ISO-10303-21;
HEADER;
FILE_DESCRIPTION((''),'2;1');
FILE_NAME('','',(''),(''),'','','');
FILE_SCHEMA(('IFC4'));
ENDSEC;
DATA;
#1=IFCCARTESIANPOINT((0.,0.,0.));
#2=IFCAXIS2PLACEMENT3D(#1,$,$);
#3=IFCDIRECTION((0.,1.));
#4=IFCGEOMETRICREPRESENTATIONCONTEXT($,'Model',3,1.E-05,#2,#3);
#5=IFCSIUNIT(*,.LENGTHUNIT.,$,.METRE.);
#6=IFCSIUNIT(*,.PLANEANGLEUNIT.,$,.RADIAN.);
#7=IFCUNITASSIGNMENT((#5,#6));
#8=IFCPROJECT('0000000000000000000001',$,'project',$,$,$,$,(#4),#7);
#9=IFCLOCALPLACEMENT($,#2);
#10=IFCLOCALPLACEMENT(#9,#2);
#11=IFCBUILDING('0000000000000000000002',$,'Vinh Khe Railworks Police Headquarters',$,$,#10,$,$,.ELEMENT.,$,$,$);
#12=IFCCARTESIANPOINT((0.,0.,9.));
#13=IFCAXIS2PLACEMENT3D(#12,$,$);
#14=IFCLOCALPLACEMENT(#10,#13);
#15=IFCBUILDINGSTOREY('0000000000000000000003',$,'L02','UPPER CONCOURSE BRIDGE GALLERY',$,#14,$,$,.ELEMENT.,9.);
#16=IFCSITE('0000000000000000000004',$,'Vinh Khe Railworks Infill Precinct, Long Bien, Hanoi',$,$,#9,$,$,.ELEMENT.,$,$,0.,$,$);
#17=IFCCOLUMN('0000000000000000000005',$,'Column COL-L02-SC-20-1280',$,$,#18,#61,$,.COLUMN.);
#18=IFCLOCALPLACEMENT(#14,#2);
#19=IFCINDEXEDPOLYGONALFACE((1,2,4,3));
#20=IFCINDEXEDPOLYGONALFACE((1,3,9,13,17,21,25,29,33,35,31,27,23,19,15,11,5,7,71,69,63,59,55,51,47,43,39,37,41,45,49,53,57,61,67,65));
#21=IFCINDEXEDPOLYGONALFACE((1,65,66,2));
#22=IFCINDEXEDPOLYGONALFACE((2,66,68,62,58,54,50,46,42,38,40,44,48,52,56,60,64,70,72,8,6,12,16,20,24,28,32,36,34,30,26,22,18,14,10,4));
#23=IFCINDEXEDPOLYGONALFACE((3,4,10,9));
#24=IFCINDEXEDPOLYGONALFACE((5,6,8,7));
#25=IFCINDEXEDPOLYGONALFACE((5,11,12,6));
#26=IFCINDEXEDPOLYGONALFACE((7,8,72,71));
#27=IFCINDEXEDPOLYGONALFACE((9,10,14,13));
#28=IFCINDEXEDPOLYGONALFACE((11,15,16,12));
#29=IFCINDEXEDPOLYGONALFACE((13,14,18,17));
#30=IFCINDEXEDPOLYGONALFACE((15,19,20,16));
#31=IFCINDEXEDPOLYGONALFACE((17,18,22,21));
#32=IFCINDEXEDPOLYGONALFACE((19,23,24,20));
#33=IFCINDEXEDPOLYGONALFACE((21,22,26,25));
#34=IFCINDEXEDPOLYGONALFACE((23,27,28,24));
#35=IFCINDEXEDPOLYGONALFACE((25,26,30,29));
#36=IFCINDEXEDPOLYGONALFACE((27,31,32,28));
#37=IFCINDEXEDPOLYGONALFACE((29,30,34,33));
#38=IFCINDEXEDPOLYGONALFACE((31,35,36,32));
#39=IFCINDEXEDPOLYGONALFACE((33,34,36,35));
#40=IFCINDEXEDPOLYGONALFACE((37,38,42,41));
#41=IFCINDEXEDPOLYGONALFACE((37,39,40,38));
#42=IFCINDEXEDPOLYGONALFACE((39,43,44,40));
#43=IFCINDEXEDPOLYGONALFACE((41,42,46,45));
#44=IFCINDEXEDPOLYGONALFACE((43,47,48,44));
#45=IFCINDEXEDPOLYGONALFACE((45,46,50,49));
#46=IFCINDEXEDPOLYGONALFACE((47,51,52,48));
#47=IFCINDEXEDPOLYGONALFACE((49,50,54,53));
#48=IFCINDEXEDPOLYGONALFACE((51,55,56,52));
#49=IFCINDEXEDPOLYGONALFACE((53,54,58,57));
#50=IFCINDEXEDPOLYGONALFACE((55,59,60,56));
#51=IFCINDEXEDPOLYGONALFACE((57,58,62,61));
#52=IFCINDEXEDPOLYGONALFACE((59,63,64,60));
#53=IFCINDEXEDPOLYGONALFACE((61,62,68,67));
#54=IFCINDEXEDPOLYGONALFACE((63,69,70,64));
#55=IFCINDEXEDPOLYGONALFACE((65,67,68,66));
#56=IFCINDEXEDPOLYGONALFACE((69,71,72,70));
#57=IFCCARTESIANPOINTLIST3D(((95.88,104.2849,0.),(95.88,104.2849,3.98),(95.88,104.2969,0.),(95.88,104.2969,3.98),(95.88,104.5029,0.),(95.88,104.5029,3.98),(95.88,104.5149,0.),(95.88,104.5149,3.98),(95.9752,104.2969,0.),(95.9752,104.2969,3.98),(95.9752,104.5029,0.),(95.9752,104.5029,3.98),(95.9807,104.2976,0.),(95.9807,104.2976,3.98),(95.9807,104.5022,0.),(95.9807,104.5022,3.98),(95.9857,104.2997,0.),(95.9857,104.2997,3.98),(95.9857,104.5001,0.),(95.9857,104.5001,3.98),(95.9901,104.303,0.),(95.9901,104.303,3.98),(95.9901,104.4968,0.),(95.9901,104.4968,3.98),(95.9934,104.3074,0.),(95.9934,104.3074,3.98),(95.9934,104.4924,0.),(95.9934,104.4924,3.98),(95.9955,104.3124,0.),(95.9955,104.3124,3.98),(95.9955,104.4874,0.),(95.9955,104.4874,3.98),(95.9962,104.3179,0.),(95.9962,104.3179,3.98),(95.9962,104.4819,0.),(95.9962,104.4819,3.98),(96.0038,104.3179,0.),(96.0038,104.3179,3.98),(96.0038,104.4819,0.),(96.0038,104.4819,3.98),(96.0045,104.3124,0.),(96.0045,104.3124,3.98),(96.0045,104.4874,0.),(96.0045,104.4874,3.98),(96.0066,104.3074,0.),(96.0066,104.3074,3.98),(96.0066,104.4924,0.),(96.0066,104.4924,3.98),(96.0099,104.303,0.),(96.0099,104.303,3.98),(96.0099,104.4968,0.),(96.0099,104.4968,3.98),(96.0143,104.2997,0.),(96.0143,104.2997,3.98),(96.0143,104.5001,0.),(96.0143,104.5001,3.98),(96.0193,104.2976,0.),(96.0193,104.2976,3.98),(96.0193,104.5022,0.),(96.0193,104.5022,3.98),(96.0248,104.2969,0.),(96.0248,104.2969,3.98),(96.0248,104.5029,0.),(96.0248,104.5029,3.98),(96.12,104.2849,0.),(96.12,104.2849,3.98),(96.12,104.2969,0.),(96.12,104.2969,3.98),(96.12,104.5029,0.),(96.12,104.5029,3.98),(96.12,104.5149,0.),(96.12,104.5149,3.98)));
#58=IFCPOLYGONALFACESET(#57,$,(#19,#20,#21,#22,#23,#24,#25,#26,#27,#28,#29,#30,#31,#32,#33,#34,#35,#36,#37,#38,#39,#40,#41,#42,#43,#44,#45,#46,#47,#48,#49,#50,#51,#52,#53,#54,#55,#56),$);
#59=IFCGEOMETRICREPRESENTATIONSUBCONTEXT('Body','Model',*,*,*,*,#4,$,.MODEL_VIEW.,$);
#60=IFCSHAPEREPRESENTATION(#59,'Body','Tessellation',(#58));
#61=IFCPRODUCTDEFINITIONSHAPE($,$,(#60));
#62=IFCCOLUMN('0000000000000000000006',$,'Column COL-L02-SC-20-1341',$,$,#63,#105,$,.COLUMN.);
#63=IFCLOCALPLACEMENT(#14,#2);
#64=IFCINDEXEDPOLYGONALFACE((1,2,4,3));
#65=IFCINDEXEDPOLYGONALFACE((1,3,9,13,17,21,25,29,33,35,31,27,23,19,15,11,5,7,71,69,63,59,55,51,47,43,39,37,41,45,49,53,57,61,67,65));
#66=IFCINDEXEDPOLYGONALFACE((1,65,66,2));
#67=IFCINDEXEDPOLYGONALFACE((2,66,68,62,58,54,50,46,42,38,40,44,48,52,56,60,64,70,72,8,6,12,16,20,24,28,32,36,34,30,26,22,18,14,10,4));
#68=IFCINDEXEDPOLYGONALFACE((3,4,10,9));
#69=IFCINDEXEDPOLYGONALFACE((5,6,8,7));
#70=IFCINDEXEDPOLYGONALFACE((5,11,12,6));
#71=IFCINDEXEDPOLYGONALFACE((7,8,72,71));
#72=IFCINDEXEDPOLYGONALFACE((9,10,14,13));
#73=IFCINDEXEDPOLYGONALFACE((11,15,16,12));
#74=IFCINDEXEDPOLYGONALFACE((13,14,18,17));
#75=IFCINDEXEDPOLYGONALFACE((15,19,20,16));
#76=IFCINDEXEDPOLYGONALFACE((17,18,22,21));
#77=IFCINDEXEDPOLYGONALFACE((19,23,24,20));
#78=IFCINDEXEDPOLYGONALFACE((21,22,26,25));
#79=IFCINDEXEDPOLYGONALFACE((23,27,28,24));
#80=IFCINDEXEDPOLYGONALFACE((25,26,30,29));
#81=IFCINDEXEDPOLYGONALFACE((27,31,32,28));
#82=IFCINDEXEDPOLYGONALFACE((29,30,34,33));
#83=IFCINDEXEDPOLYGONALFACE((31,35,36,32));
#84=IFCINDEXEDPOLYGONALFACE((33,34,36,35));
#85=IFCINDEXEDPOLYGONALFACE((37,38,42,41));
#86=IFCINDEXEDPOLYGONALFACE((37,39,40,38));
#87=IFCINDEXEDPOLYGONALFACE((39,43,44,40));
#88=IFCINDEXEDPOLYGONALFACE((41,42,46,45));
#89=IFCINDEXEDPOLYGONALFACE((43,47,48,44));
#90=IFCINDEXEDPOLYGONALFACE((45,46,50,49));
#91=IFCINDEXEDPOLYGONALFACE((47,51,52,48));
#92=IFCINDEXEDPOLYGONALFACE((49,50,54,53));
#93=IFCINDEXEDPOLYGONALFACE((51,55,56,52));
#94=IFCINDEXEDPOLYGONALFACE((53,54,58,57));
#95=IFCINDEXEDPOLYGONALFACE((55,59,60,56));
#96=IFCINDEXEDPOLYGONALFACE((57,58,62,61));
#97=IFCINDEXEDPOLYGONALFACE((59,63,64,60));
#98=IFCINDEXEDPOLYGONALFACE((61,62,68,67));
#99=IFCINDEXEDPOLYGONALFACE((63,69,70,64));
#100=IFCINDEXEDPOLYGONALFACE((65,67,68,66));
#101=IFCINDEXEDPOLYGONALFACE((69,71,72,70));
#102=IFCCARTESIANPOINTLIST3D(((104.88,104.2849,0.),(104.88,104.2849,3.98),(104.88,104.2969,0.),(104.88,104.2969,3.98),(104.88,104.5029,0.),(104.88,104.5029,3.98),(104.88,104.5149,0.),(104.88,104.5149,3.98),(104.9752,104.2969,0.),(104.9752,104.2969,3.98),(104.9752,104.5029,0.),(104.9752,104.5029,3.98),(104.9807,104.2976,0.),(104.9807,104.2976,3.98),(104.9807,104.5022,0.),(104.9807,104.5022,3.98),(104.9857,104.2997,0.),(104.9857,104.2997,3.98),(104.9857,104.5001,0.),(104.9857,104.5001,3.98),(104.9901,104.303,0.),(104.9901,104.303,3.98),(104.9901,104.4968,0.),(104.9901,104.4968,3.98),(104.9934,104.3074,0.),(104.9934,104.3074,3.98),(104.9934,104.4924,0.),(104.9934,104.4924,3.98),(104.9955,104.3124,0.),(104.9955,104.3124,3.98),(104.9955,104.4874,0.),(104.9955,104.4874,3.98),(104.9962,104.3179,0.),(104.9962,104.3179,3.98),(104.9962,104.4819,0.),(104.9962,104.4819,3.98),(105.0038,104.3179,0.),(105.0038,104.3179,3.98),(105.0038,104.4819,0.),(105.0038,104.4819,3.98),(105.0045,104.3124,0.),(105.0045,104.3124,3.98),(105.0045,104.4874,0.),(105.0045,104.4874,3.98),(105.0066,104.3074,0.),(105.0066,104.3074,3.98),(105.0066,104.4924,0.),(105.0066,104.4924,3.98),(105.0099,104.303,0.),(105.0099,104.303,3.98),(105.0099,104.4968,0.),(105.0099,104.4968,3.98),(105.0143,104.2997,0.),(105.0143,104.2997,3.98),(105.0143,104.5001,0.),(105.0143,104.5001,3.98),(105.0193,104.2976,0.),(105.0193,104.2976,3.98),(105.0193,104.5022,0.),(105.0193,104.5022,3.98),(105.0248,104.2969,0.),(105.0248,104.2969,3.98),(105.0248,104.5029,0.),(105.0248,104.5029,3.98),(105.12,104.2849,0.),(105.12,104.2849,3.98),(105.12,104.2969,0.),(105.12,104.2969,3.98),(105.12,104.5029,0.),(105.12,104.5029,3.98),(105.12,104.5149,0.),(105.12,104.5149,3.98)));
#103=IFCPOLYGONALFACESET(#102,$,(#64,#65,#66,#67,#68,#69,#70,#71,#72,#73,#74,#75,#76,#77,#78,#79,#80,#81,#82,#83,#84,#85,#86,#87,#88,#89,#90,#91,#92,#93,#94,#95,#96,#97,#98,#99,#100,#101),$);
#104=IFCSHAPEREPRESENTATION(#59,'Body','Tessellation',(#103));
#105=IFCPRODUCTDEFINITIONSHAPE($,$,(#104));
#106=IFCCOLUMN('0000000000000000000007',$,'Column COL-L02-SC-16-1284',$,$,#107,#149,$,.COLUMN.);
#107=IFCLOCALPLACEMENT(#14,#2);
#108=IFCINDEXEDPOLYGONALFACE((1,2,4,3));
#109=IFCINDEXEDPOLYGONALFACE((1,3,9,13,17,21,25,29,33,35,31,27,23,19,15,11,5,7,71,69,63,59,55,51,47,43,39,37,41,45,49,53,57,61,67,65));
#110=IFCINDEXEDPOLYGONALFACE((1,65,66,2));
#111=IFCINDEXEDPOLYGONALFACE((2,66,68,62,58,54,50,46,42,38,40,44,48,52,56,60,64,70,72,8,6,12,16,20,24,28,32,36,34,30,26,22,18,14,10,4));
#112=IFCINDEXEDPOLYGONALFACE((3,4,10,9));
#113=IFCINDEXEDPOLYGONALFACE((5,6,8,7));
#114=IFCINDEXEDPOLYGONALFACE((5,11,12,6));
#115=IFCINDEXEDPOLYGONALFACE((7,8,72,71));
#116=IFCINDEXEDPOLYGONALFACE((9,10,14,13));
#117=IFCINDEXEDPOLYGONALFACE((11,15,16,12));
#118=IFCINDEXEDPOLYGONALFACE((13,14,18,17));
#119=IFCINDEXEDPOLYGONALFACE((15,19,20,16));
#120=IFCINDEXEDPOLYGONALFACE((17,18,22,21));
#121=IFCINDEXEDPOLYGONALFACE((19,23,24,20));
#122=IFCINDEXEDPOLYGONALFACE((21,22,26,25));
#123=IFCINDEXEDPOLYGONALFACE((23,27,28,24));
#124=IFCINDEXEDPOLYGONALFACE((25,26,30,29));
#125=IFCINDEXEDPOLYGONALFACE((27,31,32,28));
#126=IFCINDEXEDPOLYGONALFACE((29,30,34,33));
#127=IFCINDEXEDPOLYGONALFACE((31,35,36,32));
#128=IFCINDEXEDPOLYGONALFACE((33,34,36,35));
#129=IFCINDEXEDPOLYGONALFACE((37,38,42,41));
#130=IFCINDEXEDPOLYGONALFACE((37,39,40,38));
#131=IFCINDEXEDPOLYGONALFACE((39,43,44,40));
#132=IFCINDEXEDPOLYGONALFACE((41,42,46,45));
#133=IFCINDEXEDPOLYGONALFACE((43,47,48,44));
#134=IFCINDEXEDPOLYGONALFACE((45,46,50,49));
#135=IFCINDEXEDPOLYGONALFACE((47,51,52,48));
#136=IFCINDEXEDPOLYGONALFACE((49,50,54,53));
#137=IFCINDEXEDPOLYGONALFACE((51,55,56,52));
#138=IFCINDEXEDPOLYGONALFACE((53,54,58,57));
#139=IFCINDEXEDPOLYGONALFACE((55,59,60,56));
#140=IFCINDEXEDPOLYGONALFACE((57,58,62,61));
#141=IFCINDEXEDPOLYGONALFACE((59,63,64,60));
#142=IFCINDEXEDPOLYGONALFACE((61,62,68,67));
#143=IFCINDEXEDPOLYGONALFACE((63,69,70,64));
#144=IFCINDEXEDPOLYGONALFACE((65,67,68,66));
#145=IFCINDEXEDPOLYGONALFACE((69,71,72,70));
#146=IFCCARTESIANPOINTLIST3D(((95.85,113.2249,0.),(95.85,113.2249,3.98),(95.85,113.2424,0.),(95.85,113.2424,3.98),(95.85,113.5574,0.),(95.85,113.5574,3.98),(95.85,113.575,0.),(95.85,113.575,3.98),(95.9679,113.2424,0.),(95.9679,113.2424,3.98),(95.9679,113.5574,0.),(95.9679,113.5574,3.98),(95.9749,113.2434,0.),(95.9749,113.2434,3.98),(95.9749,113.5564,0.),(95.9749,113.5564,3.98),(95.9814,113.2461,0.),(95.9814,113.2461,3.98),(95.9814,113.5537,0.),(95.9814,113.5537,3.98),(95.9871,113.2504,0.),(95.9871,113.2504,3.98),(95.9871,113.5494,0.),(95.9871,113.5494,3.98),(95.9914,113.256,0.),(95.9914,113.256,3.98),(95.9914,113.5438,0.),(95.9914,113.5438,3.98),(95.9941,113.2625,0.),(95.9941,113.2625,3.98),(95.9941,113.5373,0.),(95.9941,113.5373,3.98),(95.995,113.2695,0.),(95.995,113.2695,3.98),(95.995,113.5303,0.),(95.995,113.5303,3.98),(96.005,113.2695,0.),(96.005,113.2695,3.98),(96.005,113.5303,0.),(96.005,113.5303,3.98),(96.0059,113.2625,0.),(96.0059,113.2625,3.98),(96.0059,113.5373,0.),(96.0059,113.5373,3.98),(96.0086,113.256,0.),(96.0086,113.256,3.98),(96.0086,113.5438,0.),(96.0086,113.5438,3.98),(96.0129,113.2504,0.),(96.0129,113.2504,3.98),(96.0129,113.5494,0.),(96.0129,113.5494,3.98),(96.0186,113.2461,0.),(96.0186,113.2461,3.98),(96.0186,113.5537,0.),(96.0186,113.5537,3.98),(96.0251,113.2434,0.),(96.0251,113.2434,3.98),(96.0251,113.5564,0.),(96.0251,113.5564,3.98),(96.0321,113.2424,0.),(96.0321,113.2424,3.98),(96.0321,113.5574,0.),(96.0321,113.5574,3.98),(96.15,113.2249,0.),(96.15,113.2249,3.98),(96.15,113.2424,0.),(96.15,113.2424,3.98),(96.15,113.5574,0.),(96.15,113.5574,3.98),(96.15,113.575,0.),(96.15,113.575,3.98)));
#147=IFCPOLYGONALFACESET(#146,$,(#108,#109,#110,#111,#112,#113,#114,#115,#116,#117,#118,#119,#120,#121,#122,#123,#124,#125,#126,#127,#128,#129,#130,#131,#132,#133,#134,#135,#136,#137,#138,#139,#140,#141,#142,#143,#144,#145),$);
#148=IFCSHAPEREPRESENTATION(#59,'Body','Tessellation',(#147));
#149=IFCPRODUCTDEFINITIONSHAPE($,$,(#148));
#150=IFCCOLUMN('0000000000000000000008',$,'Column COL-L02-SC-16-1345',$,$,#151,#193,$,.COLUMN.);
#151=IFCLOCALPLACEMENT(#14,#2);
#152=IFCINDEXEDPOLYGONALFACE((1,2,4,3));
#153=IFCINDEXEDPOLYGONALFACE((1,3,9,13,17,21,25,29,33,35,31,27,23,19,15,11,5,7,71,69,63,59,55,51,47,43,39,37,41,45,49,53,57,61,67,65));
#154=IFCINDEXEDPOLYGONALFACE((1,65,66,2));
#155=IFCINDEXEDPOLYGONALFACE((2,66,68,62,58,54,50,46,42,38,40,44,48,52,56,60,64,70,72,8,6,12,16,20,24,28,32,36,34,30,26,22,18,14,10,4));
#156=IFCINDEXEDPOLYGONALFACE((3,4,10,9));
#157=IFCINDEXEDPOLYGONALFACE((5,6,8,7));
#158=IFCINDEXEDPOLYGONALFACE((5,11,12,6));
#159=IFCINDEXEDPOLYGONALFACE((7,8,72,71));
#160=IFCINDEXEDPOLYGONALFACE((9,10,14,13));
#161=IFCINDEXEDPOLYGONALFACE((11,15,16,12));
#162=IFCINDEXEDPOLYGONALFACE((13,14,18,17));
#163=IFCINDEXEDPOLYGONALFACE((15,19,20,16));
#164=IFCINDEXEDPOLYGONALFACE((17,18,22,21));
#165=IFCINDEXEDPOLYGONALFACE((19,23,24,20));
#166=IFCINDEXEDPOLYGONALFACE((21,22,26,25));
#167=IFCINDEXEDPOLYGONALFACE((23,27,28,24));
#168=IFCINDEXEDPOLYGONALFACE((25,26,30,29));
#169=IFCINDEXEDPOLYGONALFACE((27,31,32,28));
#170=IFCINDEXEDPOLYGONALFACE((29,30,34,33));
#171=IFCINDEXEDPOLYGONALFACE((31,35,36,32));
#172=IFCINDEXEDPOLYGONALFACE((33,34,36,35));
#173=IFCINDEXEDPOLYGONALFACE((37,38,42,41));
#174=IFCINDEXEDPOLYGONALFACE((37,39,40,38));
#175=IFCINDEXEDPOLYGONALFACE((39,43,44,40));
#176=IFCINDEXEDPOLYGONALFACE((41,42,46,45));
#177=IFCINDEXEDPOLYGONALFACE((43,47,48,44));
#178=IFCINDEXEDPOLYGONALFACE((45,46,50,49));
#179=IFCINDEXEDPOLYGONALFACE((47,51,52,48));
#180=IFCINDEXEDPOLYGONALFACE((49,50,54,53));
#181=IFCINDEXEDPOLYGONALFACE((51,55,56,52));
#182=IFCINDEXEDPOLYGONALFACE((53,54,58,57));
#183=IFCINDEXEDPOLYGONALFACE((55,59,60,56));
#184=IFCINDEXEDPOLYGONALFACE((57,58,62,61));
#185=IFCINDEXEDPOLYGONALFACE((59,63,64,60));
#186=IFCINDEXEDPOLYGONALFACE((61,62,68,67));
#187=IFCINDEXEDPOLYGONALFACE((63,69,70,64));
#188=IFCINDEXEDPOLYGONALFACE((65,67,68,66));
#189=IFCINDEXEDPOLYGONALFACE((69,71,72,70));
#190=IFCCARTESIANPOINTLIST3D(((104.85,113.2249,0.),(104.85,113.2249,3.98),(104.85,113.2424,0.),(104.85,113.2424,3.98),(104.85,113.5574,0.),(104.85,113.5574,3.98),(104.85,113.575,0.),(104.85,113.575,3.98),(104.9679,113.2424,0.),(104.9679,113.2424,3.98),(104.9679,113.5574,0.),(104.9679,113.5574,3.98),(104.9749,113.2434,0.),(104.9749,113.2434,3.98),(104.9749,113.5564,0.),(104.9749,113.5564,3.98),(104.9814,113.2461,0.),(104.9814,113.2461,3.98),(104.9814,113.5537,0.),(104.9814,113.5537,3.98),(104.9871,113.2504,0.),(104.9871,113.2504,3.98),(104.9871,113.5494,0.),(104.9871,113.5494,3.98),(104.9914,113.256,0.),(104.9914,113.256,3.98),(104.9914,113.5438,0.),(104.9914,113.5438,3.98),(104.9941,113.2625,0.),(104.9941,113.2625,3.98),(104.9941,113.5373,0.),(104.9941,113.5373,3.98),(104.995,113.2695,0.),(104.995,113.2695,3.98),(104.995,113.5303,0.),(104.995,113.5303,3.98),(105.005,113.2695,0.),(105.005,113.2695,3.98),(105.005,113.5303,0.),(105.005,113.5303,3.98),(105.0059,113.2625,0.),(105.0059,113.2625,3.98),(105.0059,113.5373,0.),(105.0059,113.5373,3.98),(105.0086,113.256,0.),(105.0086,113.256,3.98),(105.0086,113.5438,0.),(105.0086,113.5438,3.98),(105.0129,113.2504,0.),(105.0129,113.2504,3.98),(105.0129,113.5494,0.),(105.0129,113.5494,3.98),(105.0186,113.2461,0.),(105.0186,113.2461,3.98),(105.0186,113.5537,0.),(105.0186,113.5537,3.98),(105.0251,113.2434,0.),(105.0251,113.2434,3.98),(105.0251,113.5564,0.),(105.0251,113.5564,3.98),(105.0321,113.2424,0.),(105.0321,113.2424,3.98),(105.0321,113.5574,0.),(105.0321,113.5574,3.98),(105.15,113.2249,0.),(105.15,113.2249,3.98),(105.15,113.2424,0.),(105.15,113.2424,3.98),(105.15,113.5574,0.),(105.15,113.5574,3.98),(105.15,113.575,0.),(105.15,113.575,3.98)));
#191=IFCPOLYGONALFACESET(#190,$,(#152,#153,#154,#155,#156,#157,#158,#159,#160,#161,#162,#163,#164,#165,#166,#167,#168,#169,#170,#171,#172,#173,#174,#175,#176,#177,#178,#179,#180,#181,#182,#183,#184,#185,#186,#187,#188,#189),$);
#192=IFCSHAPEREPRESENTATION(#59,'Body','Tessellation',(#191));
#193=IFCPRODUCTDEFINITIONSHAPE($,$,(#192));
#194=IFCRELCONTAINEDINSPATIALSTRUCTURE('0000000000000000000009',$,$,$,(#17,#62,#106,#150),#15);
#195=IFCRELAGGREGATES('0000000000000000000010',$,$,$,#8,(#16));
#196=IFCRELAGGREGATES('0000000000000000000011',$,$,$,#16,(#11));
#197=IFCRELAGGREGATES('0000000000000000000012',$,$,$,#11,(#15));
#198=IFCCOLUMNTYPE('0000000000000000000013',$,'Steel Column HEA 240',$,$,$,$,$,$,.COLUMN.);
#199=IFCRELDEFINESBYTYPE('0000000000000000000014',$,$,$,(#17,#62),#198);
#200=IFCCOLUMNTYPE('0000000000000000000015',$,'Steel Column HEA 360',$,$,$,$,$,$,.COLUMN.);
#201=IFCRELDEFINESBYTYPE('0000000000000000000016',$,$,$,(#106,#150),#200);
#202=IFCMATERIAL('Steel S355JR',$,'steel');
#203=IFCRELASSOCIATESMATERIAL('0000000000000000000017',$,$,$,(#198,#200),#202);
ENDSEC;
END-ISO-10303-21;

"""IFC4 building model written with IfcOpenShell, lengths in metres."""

from ifc_helpers import new_model, si_unit, direction, frame, origin, origin_2d, place, context, subcontext, project, spatial, i_section, extrude, material, material_profile, profile_set, type_object, element, save


model = new_model("IFC4")

# Units and contexts
model_context = context("Model", 3, precision=1e-05, world=origin(), true_north=direction((0.0, 1.0)))
body_context = subcontext(model_context, "Body", "Model", "MODEL_VIEW")
ifc_project = project(units=[si_unit("LENGTHUNIT", "METRE"), si_unit("PLANEANGLEUNIT", "RADIAN")], contexts=[model_context])

# Site, building, storey
site_placement = place(None, origin())
site = spatial("IfcSite", under=ifc_project, at=site_placement, Name="Vinh Khe Railworks Infill Precinct, Long Bien, Hanoi", CompositionType="ELEMENT", RefElevation=0.0)
building_placement = place(site_placement, origin())
building = spatial("IfcBuilding", under=site, at=building_placement, Name="Vinh Khe Railworks Police Headquarters", CompositionType="ELEMENT")
storey_placement = place(building_placement, frame((0.0, 0.0, 9.0)))
storey = spatial("IfcBuildingStorey", under=building, at=storey_placement, Name="L02", Description="UPPER CONCOURSE BRIDGE GALLERY", CompositionType="ELEMENT", Elevation=9.0)

# Columns
ifc_material_1 = material(Name="Steel S355JR", Category="steel")
ifc_material_profile_1 = material_profile(ifc_material_1, i_section(OverallWidth=0.24, OverallDepth=0.23, WebThickness=0.0076, FlangeThickness=0.012, FilletRadius=0.021, at=origin_2d()), Name="HEA 240")
ifc_profile_set_1 = profile_set([ifc_material_profile_1], Name="Steel S355JR")
column_type_1 = type_object("IfcColumnType", Name="Steel Column HEA 240", PredefinedType="COLUMN", material=ifc_profile_set_1)
for number, where, z_axis, x_axis, name in (
    (1, (96.0, 104.3999, 0.0), (0.0, 0.0, 1.0), (1.0, 0.0, 0.0), "Column COL-L02-SC-20-1280"),
    (2, (105.0, 104.3999, 0.0), (0.0, 0.0, 1.0), (1.0, 0.0, 0.0), "Column COL-L02-SC-20-1341"),
):
    element("IfcColumn", number, at=place(storey_placement, frame(where, z_axis=z_axis, x_axis=x_axis)), inside=storey, type_object=column_type_1, Name=name, PredefinedType="COLUMN", context=body_context, shape_type="SweptSolid", body=[
        extrude(i_section(OverallWidth=0.24, OverallDepth=0.23, WebThickness=0.0076, FlangeThickness=0.012, FilletRadius=0.021, at=origin_2d()), origin(), (0.0, 0.0, 1.0), 3.98),
    ])
ifc_material_profile_2 = material_profile(ifc_material_1, i_section(OverallWidth=0.3, OverallDepth=0.3501, WebThickness=0.01, FlangeThickness=0.0176, FilletRadius=0.0271, at=origin_2d()), Name="HEA 360")
ifc_profile_set_2 = profile_set([ifc_material_profile_2], Name="Steel S355JR")
column_type_2 = type_object("IfcColumnType", Name="Steel Column HEA 360", PredefinedType="COLUMN", material=ifc_profile_set_2)
for number, where, z_axis, x_axis, name in (
    (3, (96.0, 113.3999, 0.0), (0.0, 0.0, 1.0), (1.0, 0.0, 0.0), "Column COL-L02-SC-16-1284"),
    (4, (105.0, 113.3999, 0.0), (0.0, 0.0, 1.0), (1.0, 0.0, 0.0), "Column COL-L02-SC-16-1345"),
):
    element("IfcColumn", number, at=place(storey_placement, frame(where, z_axis=z_axis, x_axis=x_axis)), inside=storey, type_object=column_type_2, Name=name, PredefinedType="COLUMN", context=body_context, shape_type="SweptSolid", body=[
        extrude(i_section(OverallWidth=0.3, OverallDepth=0.3501, WebThickness=0.01, FlangeThickness=0.0176, FilletRadius=0.0271, at=origin_2d()), origin(), (0.0, 0.0, 1.0), 3.98),
    ])

save(model, "model.ifc")
